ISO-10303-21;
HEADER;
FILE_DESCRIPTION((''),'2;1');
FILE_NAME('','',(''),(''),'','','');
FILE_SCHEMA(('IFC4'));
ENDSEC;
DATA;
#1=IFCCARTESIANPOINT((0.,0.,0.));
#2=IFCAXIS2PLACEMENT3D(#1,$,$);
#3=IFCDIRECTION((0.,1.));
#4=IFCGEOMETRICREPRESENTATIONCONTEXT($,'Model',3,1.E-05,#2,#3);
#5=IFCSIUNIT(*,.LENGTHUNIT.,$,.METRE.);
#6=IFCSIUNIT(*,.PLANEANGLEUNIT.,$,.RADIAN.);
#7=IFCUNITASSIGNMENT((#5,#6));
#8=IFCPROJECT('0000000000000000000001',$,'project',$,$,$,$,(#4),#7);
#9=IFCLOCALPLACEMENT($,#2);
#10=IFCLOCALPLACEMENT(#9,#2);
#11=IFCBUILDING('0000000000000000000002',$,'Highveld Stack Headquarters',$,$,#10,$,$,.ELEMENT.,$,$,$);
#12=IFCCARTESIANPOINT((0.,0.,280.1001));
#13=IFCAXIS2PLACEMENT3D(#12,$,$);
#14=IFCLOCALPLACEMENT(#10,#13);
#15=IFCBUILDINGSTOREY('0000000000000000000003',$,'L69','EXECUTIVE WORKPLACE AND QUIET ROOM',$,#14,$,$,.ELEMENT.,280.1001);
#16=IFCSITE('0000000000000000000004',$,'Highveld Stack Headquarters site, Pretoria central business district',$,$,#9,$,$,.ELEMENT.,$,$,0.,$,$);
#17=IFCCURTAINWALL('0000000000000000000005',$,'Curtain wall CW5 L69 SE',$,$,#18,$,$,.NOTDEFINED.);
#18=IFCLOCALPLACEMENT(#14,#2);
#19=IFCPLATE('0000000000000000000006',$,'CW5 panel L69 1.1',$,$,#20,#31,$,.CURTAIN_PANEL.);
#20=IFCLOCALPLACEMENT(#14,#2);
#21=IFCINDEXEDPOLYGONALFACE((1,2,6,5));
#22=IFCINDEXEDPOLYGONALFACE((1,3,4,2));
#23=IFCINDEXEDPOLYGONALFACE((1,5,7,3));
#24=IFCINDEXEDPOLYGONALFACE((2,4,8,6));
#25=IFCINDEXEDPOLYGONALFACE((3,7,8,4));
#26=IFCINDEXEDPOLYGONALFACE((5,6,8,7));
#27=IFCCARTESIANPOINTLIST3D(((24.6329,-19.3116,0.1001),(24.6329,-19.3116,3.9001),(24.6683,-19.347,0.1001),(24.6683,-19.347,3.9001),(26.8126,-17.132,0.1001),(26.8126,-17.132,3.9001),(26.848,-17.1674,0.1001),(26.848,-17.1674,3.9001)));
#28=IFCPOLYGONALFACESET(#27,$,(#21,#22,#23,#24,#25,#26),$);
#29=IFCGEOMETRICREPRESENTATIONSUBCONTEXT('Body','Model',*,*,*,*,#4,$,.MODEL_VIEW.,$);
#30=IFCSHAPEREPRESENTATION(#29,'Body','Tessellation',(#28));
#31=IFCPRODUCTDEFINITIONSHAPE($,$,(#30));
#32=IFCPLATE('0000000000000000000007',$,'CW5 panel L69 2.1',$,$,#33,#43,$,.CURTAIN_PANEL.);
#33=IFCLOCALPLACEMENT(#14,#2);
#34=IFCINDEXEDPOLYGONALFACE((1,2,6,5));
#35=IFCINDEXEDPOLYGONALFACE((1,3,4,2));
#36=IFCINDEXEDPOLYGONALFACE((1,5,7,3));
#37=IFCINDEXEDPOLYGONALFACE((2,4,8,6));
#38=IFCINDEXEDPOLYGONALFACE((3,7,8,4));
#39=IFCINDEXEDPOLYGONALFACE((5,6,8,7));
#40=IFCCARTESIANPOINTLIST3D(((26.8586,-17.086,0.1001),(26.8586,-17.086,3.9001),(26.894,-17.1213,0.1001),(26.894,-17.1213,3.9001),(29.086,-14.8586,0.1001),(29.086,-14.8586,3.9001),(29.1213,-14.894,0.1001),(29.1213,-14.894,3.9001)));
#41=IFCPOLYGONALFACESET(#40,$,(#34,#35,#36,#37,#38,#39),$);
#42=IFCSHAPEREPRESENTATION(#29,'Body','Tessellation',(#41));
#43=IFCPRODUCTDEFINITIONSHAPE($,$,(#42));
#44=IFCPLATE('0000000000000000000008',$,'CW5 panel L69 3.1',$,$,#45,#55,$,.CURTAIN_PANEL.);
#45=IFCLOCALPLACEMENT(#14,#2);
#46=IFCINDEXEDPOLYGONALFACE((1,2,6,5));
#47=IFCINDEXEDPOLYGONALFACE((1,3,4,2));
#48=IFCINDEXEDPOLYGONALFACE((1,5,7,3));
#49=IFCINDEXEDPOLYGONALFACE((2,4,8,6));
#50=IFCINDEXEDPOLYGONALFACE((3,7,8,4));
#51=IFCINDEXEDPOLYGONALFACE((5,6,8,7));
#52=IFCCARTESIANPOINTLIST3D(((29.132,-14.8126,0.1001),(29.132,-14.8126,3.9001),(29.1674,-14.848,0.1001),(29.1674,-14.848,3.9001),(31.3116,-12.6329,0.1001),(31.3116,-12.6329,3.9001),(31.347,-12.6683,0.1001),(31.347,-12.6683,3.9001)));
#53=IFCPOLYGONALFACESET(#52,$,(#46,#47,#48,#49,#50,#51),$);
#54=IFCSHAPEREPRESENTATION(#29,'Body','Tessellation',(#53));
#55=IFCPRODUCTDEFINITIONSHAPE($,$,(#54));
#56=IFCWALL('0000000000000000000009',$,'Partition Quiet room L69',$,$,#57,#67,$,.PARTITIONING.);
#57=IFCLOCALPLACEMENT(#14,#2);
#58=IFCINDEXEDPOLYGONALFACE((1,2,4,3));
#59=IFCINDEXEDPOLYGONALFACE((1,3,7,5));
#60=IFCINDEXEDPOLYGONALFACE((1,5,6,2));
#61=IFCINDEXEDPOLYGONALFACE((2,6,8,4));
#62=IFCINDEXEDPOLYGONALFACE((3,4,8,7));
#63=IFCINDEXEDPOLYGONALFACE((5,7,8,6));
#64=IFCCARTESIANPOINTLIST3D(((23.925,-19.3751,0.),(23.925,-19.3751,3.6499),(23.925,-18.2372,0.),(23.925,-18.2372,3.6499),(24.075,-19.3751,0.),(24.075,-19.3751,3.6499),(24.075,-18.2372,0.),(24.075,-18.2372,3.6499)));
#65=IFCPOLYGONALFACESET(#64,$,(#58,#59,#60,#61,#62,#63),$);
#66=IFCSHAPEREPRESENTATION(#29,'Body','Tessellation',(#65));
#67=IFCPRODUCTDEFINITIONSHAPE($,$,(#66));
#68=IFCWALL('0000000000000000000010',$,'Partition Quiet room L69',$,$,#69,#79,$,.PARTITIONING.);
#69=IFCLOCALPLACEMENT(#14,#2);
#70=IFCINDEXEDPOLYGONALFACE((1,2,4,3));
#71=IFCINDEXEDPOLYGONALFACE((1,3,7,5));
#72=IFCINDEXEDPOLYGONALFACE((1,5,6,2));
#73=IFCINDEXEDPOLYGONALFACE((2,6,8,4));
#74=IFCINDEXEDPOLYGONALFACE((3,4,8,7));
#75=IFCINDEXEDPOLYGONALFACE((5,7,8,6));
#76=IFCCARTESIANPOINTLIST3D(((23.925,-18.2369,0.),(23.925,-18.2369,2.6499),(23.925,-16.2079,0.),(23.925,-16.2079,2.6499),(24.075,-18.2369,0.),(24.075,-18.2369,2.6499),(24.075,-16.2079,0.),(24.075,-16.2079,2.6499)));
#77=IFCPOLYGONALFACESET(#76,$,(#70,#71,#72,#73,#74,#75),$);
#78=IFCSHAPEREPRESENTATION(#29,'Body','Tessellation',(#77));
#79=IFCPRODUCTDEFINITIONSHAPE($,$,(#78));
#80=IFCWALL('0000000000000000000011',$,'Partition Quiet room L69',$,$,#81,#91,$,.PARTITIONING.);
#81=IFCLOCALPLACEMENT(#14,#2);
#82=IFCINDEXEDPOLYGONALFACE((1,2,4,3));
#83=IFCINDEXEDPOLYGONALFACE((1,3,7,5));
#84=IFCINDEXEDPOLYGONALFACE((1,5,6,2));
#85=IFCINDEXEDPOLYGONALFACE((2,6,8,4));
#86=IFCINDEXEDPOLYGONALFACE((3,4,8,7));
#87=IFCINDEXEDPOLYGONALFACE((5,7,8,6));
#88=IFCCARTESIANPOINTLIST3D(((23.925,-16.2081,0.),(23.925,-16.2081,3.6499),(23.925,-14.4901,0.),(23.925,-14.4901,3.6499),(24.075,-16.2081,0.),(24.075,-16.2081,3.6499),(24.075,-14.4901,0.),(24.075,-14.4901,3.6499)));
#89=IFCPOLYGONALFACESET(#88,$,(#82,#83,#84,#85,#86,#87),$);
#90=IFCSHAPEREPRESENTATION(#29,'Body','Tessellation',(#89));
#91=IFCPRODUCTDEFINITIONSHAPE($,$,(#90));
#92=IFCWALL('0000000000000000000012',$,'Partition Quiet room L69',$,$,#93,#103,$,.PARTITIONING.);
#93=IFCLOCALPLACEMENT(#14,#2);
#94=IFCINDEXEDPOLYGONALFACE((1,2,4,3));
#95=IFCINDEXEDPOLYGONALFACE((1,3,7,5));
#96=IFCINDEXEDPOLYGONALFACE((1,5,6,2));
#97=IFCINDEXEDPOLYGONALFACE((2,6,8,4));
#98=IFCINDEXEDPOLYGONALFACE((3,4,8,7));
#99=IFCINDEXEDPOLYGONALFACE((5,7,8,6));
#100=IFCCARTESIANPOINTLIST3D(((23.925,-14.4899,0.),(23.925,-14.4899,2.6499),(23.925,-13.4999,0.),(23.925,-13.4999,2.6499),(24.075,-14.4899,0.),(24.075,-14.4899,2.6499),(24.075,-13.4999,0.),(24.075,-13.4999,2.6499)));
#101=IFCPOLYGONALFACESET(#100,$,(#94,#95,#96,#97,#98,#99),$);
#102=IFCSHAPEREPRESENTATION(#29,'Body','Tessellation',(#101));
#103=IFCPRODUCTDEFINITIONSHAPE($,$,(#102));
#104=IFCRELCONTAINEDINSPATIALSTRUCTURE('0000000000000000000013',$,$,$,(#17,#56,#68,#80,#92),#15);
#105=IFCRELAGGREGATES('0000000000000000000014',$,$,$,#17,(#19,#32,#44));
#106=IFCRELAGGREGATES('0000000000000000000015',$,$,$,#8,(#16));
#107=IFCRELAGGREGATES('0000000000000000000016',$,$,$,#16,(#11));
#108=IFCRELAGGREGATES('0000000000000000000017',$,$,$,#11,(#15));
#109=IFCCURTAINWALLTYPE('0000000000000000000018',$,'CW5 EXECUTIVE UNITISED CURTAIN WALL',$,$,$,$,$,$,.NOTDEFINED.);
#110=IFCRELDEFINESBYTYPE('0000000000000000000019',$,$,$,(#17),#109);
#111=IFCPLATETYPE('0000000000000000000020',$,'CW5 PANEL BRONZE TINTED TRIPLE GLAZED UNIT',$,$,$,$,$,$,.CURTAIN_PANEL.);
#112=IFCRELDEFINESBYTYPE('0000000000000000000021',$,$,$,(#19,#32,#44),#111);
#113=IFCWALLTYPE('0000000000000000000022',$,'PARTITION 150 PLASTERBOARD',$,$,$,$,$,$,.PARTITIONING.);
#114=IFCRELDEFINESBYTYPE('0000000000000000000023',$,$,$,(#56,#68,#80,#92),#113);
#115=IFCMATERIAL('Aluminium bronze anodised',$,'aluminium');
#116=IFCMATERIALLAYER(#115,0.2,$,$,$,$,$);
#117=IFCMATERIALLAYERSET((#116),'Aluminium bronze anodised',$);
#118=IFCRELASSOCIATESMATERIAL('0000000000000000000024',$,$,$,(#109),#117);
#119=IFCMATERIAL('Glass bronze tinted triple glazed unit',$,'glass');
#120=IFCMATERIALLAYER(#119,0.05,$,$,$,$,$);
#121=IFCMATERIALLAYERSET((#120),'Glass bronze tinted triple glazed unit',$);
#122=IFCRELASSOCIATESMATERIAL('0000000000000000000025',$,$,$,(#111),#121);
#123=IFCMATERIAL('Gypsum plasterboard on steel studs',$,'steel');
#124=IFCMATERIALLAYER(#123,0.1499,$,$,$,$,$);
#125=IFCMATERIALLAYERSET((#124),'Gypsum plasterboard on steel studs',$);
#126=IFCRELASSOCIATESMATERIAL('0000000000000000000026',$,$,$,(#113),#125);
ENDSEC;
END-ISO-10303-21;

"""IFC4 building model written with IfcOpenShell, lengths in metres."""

from ifc_helpers import new_model, si_unit, direction, frame, frame_2d, origin, origin_2d, place, context, subcontext, project, spatial, rectangle, extrude, material, layer, layer_set, type_object, element, aggregate, save


model = new_model("IFC4")

# Units and contexts
model_context = context("Model", 3, precision=1e-05, world=origin(), true_north=direction((0.0, 1.0)))
body_context = subcontext(model_context, "Body", "Model", "MODEL_VIEW")
ifc_project = project(units=[si_unit("LENGTHUNIT", "METRE"), si_unit("PLANEANGLEUNIT", "RADIAN")], contexts=[model_context])

# Site, building, storey
site_placement = place(None, origin())
site = spatial("IfcSite", under=ifc_project, at=site_placement, Name="Highveld Stack Headquarters site, Pretoria central business district", CompositionType="ELEMENT", RefElevation=0.0)
building_placement = place(site_placement, origin())
building = spatial("IfcBuilding", under=site, at=building_placement, Name="Highveld Stack Headquarters", CompositionType="ELEMENT")
storey_placement = place(building_placement, frame((0.0, 0.0, 280.1001)))
storey = spatial("IfcBuildingStorey", under=building, at=storey_placement, Name="L69", Description="EXECUTIVE WORKPLACE AND QUIET ROOM", CompositionType="ELEMENT", Elevation=280.1001)

# Shared definitions
ifc_material_1 = material(Name="Aluminium bronze anodised", Category="aluminium")
ifc_layer_1 = layer(ifc_material_1, 0.2)
ifc_layer_set_1 = layer_set([ifc_layer_1], Name="Aluminium bronze anodised")
curtain_wall_type = type_object("IfcCurtainWallType", Name="CW5 EXECUTIVE UNITISED CURTAIN WALL", PredefinedType="NOTDEFINED", material=ifc_layer_set_1)

# Curtain wall
curtain_wall_1_placement = place(storey_placement, origin())
curtain_wall_1 = element("IfcCurtainWall", 1, at=curtain_wall_1_placement, inside=storey, type_object=curtain_wall_type, Name="Curtain wall CW5 L69 SE", PredefinedType="NOTDEFINED")

# Plates
ifc_material_2 = material(Name="Glass bronze tinted triple glazed unit", Category="glass")
ifc_layer_2 = layer(ifc_material_2, 0.05)
ifc_layer_set_2 = layer_set([ifc_layer_2], Name="Glass bronze tinted triple glazed unit")
plate_type = type_object("IfcPlateType", Name="CW5 PANEL BRONZE TINTED TRIPLE GLAZED UNIT", PredefinedType="CURTAIN_PANEL", material=ifc_layer_set_2)
plate_1_placement = place(storey_placement, frame((25.7405, -18.2395, 0.1001), z_axis=(0.0, 0.0, 1.0), x_axis=(0.707107, 0.707107, 0.0)))
plate_1 = element("IfcPlate", 2, at=plate_1_placement, type_object=plate_type, Name="CW5 panel L69 1.1", PredefinedType="CURTAIN_PANEL", context=body_context, shape_type="SweptSolid", body=[
    extrude(rectangle(XDim=3.0825, YDim=0.05, at=origin_2d()), origin(), (0.0, 0.0, 1.0), 3.8),
])
plate_2_placement = place(storey_placement, frame((27.99, -15.99, 0.1001), z_axis=(0.0, 0.0, 1.0), x_axis=(0.707107, 0.707107, 0.0)))
plate_2 = element("IfcPlate", 3, at=plate_2_placement, type_object=plate_type, Name="CW5 panel L69 2.1", PredefinedType="CURTAIN_PANEL", context=body_context, shape_type="SweptSolid", body=[
    extrude(rectangle(XDim=3.1499, YDim=0.05, at=origin_2d()), origin(), (0.0, 0.0, 1.0), 3.8),
])
plate_3_placement = place(storey_placement, frame((30.2395, -13.7405, 0.1001), z_axis=(0.0, 0.0, 1.0), x_axis=(0.707107, 0.707107, 0.0)))
plate_3 = element("IfcPlate", 4, at=plate_3_placement, type_object=plate_type, Name="CW5 panel L69 3.1", PredefinedType="CURTAIN_PANEL", context=body_context, shape_type="SweptSolid", body=[
    extrude(rectangle(XDim=3.0825, YDim=0.05, at=origin_2d()), origin(), (0.0, 0.0, 1.0), 3.8),
])
aggregate(curtain_wall_1, [plate_1, plate_2, plate_3])

# Walls
ifc_material_3 = material(Name="Gypsum plasterboard on steel studs", Category="steel")
ifc_layer_3 = layer(ifc_material_3, 0.1499)
ifc_layer_set_3 = layer_set([ifc_layer_3], Name="Gypsum plasterboard on steel studs")
wall_type = type_object("IfcWallType", Name="PARTITION 150 PLASTERBOARD", PredefinedType="PARTITIONING", material=ifc_layer_set_3)
wall_1_placement = place(storey_placement, frame((24.0, -19.375, 0.0), z_axis=(0.0, 0.0, 1.0), x_axis=(0.0, 1.0, 0.0)))
element("IfcWall", 5, at=wall_1_placement, inside=storey, type_object=wall_type, Name="Partition Quiet room L69", PredefinedType="PARTITIONING", context=body_context, shape_type="SweptSolid", body=[
    extrude(rectangle(XDim=1.1379, YDim=0.1499, at=frame_2d((0.5688, 0.0))), origin(), (0.0, 0.0, 1.0), 3.6499),
])
wall_2_placement = place(storey_placement, frame((24.0, -18.2371, 0.0), z_axis=(0.0, 0.0, 1.0), x_axis=(0.0, 1.0, 0.0)))
element("IfcWall", 6, at=wall_2_placement, inside=storey, type_object=wall_type, Name="Partition Quiet room L69", PredefinedType="PARTITIONING", context=body_context, shape_type="SweptSolid", body=[
    extrude(rectangle(XDim=2.0291, YDim=0.1499, at=frame_2d((1.0146, 0.0))), origin(), (0.0, 0.0, 1.0), 2.6499),
])
wall_3_placement = place(storey_placement, frame((24.0, -16.208, 0.0), z_axis=(0.0, 0.0, 1.0), x_axis=(0.0, 1.0, 0.0)))
element("IfcWall", 7, at=wall_3_placement, inside=storey, type_object=wall_type, Name="Partition Quiet room L69", PredefinedType="PARTITIONING", context=body_context, shape_type="SweptSolid", body=[
    extrude(rectangle(XDim=1.718, YDim=0.1499, at=frame_2d((0.8589, 0.0))), origin(), (0.0, 0.0, 1.0), 3.6499),
])
wall_4_placement = place(storey_placement, frame((24.0, -14.49, 0.0), z_axis=(0.0, 0.0, 1.0), x_axis=(0.0, 1.0, 0.0)))
element("IfcWall", 8, at=wall_4_placement, inside=storey, type_object=wall_type, Name="Partition Quiet room L69", PredefinedType="PARTITIONING", context=body_context, shape_type="SweptSolid", body=[
    extrude(rectangle(XDim=0.99, YDim=0.1499, at=frame_2d((0.4951, 0.0))), origin(), (0.0, 0.0, 1.0), 2.6499),
])

save(model, "model.ifc")
